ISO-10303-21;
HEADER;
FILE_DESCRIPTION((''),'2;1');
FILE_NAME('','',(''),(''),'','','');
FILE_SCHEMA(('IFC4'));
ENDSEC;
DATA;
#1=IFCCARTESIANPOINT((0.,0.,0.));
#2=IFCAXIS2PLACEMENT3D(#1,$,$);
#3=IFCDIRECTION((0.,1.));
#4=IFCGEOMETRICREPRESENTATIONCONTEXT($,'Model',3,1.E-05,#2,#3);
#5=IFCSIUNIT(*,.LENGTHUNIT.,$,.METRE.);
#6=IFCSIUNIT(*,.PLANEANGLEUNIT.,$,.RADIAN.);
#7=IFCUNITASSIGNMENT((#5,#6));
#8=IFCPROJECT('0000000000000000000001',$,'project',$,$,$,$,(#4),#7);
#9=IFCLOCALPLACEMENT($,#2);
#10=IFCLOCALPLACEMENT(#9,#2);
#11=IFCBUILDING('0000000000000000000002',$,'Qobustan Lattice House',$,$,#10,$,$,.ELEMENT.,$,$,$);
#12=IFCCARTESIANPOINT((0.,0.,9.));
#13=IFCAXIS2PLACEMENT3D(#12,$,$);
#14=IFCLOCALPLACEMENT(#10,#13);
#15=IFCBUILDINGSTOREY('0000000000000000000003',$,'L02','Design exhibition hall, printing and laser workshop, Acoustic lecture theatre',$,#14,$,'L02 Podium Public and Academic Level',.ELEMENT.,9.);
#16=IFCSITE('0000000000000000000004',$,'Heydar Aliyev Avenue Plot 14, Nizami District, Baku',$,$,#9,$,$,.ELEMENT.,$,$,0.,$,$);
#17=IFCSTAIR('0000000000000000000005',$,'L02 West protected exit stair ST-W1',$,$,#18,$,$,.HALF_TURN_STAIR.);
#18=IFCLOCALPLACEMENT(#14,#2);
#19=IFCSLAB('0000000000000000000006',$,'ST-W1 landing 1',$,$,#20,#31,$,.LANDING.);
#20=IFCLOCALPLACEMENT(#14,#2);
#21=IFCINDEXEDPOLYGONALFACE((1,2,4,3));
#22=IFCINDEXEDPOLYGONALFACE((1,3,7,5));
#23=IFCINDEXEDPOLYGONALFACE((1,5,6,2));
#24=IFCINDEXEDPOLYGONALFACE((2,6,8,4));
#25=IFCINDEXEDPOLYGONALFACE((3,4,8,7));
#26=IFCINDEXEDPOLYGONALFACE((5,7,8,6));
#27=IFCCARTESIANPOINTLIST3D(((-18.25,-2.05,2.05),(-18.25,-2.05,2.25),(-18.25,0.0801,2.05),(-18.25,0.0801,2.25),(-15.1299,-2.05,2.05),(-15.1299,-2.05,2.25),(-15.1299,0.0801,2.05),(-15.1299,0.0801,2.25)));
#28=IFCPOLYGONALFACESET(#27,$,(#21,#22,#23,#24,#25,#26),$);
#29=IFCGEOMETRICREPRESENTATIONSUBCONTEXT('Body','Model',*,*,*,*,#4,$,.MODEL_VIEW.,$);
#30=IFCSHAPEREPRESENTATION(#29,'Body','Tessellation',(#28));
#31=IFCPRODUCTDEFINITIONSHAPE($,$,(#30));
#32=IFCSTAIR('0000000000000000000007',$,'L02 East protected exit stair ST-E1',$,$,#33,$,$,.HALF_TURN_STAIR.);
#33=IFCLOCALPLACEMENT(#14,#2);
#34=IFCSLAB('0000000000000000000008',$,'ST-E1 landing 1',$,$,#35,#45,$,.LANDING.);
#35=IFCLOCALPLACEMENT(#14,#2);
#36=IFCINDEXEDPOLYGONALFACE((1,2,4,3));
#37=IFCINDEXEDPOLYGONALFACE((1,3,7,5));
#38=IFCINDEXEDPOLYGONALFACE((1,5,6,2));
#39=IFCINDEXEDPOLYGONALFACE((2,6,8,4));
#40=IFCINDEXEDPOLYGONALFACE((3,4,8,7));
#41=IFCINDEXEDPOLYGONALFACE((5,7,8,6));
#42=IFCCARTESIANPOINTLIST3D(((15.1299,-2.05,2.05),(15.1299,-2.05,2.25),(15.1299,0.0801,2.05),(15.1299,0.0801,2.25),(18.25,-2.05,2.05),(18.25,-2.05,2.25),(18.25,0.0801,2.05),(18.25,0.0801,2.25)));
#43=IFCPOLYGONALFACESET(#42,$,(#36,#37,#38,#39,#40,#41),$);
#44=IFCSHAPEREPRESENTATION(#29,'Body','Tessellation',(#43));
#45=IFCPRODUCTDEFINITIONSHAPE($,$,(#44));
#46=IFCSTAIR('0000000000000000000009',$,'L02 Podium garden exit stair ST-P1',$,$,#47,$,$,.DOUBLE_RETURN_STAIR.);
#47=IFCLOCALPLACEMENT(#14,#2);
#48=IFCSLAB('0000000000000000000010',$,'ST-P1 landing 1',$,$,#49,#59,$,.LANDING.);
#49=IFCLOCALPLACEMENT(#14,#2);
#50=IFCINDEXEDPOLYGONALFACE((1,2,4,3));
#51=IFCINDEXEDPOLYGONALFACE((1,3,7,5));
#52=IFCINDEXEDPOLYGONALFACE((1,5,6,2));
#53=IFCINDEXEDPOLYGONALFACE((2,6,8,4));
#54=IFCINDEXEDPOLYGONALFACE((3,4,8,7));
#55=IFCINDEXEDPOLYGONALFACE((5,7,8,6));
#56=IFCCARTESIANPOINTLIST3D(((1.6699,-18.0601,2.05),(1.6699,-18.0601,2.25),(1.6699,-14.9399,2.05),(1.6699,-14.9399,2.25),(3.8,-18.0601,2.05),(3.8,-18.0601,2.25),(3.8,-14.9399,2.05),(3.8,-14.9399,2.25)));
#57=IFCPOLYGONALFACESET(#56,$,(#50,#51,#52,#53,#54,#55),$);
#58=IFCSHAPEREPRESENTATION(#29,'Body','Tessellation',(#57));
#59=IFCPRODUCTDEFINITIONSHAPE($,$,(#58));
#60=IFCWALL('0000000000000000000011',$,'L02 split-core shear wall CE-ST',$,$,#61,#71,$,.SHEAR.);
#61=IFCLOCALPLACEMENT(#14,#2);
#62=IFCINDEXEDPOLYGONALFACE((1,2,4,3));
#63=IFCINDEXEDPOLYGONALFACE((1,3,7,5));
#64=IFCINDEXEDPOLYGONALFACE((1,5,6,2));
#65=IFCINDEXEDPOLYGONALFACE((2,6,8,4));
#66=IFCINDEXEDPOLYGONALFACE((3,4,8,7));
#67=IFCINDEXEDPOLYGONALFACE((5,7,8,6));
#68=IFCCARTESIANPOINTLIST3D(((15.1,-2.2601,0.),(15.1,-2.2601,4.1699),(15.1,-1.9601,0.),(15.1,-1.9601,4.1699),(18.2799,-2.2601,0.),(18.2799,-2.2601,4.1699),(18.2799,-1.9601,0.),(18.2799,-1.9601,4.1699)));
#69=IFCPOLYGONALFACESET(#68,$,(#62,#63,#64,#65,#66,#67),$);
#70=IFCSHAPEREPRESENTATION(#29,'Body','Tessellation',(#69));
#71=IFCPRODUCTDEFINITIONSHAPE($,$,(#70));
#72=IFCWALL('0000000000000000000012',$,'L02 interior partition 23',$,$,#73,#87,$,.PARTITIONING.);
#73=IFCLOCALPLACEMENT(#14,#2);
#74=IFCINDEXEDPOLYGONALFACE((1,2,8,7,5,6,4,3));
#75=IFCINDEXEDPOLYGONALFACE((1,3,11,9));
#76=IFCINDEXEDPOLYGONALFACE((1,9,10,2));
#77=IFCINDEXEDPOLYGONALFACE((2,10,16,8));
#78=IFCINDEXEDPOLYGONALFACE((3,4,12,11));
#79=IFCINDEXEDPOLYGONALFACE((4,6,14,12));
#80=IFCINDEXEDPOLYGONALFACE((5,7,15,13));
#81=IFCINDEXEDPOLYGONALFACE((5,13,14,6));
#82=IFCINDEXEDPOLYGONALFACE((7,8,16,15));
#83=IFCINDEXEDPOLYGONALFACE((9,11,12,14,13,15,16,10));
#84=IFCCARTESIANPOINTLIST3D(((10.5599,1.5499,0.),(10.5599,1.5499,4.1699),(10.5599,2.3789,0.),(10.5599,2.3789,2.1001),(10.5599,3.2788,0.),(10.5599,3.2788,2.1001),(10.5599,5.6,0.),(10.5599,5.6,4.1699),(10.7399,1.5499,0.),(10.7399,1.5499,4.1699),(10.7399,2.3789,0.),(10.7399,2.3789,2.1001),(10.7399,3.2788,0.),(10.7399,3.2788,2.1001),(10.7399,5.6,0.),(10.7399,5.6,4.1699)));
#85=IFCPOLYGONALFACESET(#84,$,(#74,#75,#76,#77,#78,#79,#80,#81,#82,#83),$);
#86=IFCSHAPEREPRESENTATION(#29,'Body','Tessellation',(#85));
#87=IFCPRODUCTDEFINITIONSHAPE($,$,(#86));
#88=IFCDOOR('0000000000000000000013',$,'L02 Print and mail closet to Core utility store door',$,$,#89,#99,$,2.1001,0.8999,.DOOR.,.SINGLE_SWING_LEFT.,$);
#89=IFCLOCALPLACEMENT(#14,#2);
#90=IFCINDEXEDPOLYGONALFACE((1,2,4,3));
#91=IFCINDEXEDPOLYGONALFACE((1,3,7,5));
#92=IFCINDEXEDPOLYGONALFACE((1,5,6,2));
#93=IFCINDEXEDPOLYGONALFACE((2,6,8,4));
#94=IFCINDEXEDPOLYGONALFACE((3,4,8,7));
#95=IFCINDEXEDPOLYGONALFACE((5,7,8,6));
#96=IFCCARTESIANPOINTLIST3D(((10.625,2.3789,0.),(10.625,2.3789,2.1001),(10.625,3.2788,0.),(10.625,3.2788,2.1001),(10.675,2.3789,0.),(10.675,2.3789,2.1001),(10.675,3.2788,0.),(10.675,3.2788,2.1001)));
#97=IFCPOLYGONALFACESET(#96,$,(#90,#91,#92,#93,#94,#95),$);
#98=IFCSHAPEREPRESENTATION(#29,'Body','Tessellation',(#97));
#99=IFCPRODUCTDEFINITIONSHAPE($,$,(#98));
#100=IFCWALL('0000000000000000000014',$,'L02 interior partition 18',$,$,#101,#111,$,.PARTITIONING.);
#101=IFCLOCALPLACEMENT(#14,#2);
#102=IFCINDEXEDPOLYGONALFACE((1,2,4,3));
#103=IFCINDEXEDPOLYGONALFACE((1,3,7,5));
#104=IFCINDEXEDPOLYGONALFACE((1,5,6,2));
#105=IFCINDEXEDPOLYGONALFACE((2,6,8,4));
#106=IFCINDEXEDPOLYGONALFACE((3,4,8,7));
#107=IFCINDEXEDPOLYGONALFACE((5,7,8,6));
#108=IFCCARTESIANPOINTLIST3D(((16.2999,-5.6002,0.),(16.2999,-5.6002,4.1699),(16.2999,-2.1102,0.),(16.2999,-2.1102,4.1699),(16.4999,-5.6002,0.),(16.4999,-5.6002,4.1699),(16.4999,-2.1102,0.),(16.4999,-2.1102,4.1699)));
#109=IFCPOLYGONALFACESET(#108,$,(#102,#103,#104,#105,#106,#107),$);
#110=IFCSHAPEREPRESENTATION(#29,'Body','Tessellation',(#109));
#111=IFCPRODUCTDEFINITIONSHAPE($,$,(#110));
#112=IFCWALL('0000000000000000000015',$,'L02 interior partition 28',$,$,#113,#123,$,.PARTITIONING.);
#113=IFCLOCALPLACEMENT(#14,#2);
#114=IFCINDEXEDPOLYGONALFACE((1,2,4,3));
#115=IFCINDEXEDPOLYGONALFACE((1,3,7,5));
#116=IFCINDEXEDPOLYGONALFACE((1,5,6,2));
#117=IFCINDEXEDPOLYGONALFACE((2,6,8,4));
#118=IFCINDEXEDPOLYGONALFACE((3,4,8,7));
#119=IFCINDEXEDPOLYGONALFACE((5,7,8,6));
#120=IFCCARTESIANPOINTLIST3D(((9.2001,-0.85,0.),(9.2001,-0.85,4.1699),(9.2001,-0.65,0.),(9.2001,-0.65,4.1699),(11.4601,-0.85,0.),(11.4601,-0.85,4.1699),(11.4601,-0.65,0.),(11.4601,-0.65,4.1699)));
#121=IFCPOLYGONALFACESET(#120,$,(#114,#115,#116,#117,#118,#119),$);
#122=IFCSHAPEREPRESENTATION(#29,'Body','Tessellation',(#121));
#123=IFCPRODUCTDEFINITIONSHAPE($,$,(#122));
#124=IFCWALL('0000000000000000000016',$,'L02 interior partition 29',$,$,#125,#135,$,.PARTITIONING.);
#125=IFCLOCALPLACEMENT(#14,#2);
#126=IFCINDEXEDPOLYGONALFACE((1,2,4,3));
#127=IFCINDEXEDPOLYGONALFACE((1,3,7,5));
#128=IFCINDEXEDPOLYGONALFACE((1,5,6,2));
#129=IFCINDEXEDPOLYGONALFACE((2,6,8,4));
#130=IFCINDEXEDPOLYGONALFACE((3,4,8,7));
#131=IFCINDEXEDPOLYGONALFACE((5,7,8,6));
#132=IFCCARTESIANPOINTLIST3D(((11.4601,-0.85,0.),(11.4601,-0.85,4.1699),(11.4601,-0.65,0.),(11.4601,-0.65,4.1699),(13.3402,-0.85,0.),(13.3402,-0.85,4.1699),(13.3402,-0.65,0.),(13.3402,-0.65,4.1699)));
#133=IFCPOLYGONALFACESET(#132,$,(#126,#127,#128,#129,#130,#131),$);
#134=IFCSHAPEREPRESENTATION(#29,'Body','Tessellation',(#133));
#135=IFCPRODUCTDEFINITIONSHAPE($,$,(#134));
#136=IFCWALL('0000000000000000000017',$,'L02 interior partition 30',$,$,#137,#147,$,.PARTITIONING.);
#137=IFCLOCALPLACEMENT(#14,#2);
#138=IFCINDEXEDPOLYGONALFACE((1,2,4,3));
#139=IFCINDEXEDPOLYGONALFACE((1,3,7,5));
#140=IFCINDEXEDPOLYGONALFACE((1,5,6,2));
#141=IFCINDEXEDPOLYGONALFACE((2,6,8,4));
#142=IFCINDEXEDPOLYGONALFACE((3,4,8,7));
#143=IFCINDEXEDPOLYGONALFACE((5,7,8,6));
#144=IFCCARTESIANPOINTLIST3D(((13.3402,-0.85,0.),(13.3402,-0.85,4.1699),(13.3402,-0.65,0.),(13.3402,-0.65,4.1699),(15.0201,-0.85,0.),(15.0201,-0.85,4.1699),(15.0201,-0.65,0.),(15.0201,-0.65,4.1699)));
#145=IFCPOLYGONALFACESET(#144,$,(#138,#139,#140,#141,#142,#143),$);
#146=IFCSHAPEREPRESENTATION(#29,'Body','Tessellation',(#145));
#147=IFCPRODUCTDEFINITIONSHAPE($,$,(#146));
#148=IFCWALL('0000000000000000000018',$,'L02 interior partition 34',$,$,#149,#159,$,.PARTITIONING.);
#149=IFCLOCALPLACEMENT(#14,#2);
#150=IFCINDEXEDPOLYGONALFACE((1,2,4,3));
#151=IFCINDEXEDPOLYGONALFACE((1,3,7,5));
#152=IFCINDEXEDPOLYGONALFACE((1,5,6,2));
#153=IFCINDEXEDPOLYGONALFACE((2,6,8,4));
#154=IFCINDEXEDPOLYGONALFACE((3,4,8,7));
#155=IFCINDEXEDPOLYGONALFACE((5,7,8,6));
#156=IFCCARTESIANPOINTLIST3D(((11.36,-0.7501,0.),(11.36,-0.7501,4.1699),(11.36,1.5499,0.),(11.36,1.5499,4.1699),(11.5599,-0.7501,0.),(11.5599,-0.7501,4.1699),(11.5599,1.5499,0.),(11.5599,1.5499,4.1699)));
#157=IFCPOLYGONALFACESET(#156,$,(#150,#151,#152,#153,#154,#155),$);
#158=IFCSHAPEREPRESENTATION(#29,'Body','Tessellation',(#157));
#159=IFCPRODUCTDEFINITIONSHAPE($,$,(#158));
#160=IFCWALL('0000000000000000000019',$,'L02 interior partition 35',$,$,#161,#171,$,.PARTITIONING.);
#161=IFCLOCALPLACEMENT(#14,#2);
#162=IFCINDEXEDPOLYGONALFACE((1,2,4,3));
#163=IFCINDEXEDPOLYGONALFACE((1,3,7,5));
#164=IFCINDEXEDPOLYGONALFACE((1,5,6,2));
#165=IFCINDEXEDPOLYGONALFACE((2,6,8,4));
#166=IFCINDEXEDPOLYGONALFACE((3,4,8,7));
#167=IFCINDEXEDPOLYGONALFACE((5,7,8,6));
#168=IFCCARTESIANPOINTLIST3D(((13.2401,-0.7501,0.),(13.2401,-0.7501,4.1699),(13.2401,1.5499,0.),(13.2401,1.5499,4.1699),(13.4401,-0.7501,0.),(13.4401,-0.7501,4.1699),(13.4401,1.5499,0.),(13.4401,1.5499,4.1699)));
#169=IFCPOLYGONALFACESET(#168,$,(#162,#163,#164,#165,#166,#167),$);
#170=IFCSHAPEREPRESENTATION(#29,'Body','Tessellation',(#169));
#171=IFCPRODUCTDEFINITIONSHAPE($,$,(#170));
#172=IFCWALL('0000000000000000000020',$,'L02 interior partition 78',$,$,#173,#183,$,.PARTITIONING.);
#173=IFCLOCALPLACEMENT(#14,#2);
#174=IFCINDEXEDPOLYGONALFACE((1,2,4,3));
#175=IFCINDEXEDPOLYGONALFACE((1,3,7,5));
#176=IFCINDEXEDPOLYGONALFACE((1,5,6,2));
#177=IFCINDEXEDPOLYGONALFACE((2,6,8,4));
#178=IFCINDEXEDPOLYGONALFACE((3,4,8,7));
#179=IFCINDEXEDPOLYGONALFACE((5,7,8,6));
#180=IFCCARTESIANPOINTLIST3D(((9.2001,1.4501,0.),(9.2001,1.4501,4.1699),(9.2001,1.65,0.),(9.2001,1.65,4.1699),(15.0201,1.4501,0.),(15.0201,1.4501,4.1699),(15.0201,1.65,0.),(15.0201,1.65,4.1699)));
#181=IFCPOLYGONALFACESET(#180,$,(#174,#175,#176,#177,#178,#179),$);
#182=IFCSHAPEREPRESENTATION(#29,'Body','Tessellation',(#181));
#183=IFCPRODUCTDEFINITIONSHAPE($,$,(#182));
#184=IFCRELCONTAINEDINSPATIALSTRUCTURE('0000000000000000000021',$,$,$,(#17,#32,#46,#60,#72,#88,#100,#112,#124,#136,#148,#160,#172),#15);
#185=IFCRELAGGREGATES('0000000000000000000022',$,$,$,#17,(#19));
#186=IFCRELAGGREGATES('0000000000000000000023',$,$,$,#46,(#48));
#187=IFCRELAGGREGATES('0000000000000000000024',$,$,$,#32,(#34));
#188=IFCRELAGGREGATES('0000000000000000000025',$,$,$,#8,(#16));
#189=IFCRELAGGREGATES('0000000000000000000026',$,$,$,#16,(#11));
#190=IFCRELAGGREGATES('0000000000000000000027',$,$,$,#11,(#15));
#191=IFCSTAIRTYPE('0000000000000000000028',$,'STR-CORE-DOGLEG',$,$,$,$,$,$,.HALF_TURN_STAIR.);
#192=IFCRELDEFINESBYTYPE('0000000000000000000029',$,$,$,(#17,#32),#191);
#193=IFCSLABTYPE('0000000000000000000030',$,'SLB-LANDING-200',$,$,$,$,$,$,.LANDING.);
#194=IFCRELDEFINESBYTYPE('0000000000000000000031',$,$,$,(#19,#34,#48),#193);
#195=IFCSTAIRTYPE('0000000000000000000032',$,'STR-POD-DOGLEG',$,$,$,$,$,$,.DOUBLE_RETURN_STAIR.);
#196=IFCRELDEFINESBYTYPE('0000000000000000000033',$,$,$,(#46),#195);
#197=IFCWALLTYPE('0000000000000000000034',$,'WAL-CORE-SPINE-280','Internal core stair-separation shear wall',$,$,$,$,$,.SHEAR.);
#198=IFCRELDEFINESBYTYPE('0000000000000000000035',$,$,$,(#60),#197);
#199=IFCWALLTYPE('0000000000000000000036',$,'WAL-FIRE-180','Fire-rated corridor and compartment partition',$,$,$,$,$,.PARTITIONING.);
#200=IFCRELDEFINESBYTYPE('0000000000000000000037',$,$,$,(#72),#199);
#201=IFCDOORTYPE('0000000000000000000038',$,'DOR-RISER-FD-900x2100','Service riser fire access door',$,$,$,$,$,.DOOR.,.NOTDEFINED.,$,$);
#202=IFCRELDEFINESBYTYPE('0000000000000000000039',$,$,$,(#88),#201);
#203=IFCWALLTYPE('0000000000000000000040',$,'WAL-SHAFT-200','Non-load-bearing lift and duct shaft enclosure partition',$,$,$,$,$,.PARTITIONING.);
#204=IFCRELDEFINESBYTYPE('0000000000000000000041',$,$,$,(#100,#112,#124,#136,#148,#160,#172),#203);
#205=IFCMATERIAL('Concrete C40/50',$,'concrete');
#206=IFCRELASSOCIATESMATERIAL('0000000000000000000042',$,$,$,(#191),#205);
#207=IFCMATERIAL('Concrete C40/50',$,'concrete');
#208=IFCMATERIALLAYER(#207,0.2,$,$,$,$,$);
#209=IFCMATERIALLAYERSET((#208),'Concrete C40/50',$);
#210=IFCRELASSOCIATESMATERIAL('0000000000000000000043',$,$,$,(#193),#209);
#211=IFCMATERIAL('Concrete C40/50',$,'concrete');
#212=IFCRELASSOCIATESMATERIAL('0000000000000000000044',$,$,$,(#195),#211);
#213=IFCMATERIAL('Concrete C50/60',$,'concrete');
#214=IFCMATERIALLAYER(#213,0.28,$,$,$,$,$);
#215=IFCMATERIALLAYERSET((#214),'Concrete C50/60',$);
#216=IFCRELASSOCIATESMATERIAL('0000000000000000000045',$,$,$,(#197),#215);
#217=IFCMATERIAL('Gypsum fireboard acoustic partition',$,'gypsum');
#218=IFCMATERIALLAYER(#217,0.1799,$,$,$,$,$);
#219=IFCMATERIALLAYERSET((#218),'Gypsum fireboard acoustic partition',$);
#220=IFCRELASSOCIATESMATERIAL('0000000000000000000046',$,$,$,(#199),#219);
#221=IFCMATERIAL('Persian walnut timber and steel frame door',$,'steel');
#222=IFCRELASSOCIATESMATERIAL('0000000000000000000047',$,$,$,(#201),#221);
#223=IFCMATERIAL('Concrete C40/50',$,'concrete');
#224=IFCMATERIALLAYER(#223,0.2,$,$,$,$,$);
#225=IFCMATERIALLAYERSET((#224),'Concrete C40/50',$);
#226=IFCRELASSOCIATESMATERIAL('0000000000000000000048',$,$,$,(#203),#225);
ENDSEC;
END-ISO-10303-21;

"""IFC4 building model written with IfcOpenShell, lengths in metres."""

from ifc_helpers import new_model, si_unit, direction, frame, frame_2d, origin, place, context, subcontext, project, spatial, polyline, rectangle, outline, extrude, material, layer, layer_set, type_object, element, fill, aggregate, save


model = new_model("IFC4")

# Units and contexts
model_context = context("Model", 3, precision=1e-05, world=origin(), true_north=direction((0.0, 1.0)))
body_context = subcontext(model_context, "Body", "Model", "MODEL_VIEW")
ifc_project = project(units=[si_unit("LENGTHUNIT", "METRE"), si_unit("PLANEANGLEUNIT", "RADIAN")], contexts=[model_context])

# Site, building, storey
site_placement = place(None, origin())
site = spatial("IfcSite", under=ifc_project, at=site_placement, Name="Heydar Aliyev Avenue Plot 14, Nizami District, Baku", CompositionType="ELEMENT", RefElevation=0.0)
building_placement = place(site_placement, origin())
building = spatial("IfcBuilding", under=site, at=building_placement, Name="Qobustan Lattice House", CompositionType="ELEMENT")
storey_placement = place(building_placement, frame((0.0, 0.0, 9.0)))
storey = spatial("IfcBuildingStorey", under=building, at=storey_placement, Name="L02", Description="Design exhibition hall, printing and laser workshop, Acoustic lecture theatre", LongName="L02 Podium Public and Academic Level", CompositionType="ELEMENT", Elevation=9.0)

# Stairs, slabs
ifc_material_1 = material(Name="Concrete C40/50", Category="concrete")
stair_type_1 = type_object("IfcStairType", Name="STR-CORE-DOGLEG", PredefinedType="HALF_TURN_STAIR", material=ifc_material_1)
stair_1_placement = place(storey_placement, origin())
stair_1 = element("IfcStair", 1, at=stair_1_placement, inside=storey, type_object=stair_type_1, Name="L02 West protected exit stair ST-W1", PredefinedType="HALF_TURN_STAIR")
ifc_material_2 = material(Name="Concrete C40/50", Category="concrete")
ifc_layer_1 = layer(ifc_material_2, 0.2)
ifc_layer_set_1 = layer_set([ifc_layer_1], Name="Concrete C40/50")
slab_type = type_object("IfcSlabType", Name="SLB-LANDING-200", PredefinedType="LANDING", material=ifc_layer_set_1)
slab_1_placement = place(storey_placement, frame((0.0, 0.0, 2.05)))
slab_1 = element("IfcSlab", 2, at=slab_1_placement, type_object=slab_type, Name="ST-W1 landing 1", PredefinedType="LANDING", context=body_context, shape_type="SweptSolid", body=[
    extrude(outline(polyline([(-18.25, 0.0801), (-18.25, -2.05), (-15.1299, -2.05), (-15.1299, 0.0801), (-18.25, 0.0801)])), origin(), (0.0, 0.0, 1.0), 0.2),
])
aggregate(stair_1, [slab_1])
stair_2_placement = place(storey_placement, origin())
stair_2 = element("IfcStair", 3, at=stair_2_placement, inside=storey, type_object=stair_type_1, Name="L02 East protected exit stair ST-E1", PredefinedType="HALF_TURN_STAIR")
slab_2_placement = place(storey_placement, frame((0.0, 0.0, 2.05)))
slab_2 = element("IfcSlab", 4, at=slab_2_placement, type_object=slab_type, Name="ST-E1 landing 1", PredefinedType="LANDING", context=body_context, shape_type="SweptSolid", body=[
    extrude(outline(polyline([(15.1299, 0.0801), (15.1299, -2.05), (18.25, -2.05), (18.25, 0.0801), (15.1299, 0.0801)])), origin(), (0.0, 0.0, 1.0), 0.2),
])
ifc_material_3 = material(Name="Concrete C40/50", Category="concrete")
stair_type_2 = type_object("IfcStairType", Name="STR-POD-DOGLEG", PredefinedType="DOUBLE_RETURN_STAIR", material=ifc_material_3)
stair_3_placement = place(storey_placement, origin())
stair_3 = element("IfcStair", 5, at=stair_3_placement, inside=storey, type_object=stair_type_2, Name="L02 Podium garden exit stair ST-P1", PredefinedType="DOUBLE_RETURN_STAIR")
slab_3_placement = place(storey_placement, frame((0.0, 0.0, 2.05)))
slab_3 = element("IfcSlab", 6, at=slab_3_placement, type_object=slab_type, Name="ST-P1 landing 1", PredefinedType="LANDING", context=body_context, shape_type="SweptSolid", body=[
    extrude(outline(polyline([(1.6699, -18.0601), (3.8, -18.0601), (3.8, -14.9399), (1.6699, -14.9399), (1.6699, -18.0601)])), origin(), (0.0, 0.0, 1.0), 0.2),
])
aggregate(stair_3, [slab_3])

# Wall
ifc_material_4 = material(Name="Concrete C50/60", Category="concrete")
ifc_layer_2 = layer(ifc_material_4, 0.28)
ifc_layer_set_2 = layer_set([ifc_layer_2], Name="Concrete C50/60")
wall_type_1 = type_object("IfcWallType", Name="WAL-CORE-SPINE-280", Description="Internal core stair-separation shear wall", PredefinedType="SHEAR", material=ifc_layer_set_2)
wall_1_placement = place(storey_placement, frame((15.1001, -2.1101, 0.0), z_axis=(0.0, 0.0, 1.0), x_axis=(1.0, 0.0, 0.0)))
element("IfcWall", 7, at=wall_1_placement, inside=storey, type_object=wall_type_1, Name="L02 split-core shear wall CE-ST", PredefinedType="SHEAR", context=body_context, shape_type="SweptSolid", body=[
    extrude(rectangle(XDim=3.1799, YDim=0.3, at=frame_2d((1.5898, 0.0))), origin(), (0.0, 0.0, 1.0), 4.1699),
])

# Wall, opening, door
ifc_material_5 = material(Name="Gypsum fireboard acoustic partition", Category="gypsum")
ifc_layer_3 = layer(ifc_material_5, 0.1799)
ifc_layer_set_3 = layer_set([ifc_layer_3], Name="Gypsum fireboard acoustic partition")
wall_type_2 = type_object("IfcWallType", Name="WAL-FIRE-180", Description="Fire-rated corridor and compartment partition", PredefinedType="PARTITIONING", material=ifc_layer_set_3)
wall_2_placement = place(storey_placement, frame((10.6499, 1.55, 0.0), z_axis=(0.0, 0.0, 1.0), x_axis=(0.0, 1.0, 0.0)))
wall_2 = element("IfcWall", 8, at=wall_2_placement, inside=storey, type_object=wall_type_2, Name="L02 interior partition 23", PredefinedType="PARTITIONING", context=body_context, shape_type="SweptSolid", body=[
    extrude(rectangle(XDim=4.05, YDim=0.1799, at=frame_2d((2.0249, 0.0))), origin(), (0.0, 0.0, 1.0), 4.1699),
])
opening_placement = place(wall_2_placement, frame((0.8289, 0.0, 0.0)))
opening = element("IfcOpeningElement", 9, at=opening_placement, cuts=wall_2, PredefinedType="OPENING", context=body_context, shape_type="SweptSolid", body=[
    extrude(rectangle(XDim=0.8999, YDim=2.1001, at=frame_2d((0.45, 1.05))), frame((0.0, 0.0999, 0.0), z_axis=(0.0, -1.0, 0.0), x_axis=(1.0, 0.0, 0.0)), (0.0, 0.0, 1.0), 0.2),
])
ifc_material_6 = material(Name="Persian walnut timber and steel frame door", Category="steel")
door_type = type_object("IfcDoorType", Name="DOR-RISER-FD-900x2100", Description="Service riser fire access door", OperationType="NOTDEFINED", PredefinedType="DOOR", material=ifc_material_6)
door_placement = place(opening_placement, origin())
door = element("IfcDoor", 10, at=door_placement, inside=storey, type_object=door_type, Name="L02 Print and mail closet to Core utility store door", OperationType="SINGLE_SWING_LEFT", OverallHeight=2.1001, OverallWidth=0.8999, PredefinedType="DOOR", context=body_context, shape_type="SweptSolid", body=[
    extrude(rectangle(XDim=0.8999, YDim=2.1001, at=frame_2d((0.45, 1.05))), frame((0.0, 0.0249, 0.0), z_axis=(0.0, -1.0, 0.0), x_axis=(1.0, 0.0, 0.0)), (0.0, 0.0, 1.0), 0.05),
])
fill(opening, door)

# Walls
ifc_material_7 = material(Name="Concrete C40/50", Category="concrete")
ifc_layer_4 = layer(ifc_material_7, 0.2)
ifc_layer_set_4 = layer_set([ifc_layer_4], Name="Concrete C40/50")
wall_type_3 = type_object("IfcWallType", Name="WAL-SHAFT-200", Description="Non-load-bearing lift and duct shaft enclosure partition", PredefinedType="PARTITIONING", material=ifc_layer_set_4)
wall_3_placement = place(storey_placement, frame((16.3999, -2.1101, 0.0), z_axis=(0.0, 0.0, 1.0), x_axis=(0.0, -1.0, 0.0)))
element("IfcWall", 11, at=wall_3_placement, inside=storey, type_object=wall_type_3, Name="L02 interior partition 18", PredefinedType="PARTITIONING", context=body_context, shape_type="SweptSolid", body=[
    extrude(rectangle(XDim=3.49, YDim=0.2, at=frame_2d((1.7451, 0.0))), origin(), (0.0, 0.0, 1.0), 4.1699),
])
wall_4_placement = place(storey_placement, frame((11.46, -0.75, 0.0), z_axis=(0.0, 0.0, 1.0), x_axis=(-1.0, 0.0, 0.0)))
element("IfcWall", 12, at=wall_4_placement, inside=storey, type_object=wall_type_3, Name="L02 interior partition 28", PredefinedType="PARTITIONING", context=body_context, shape_type="SweptSolid", body=[
    extrude(rectangle(XDim=2.26, YDim=0.2, at=frame_2d((1.1299, 0.0))), origin(), (0.0, 0.0, 1.0), 4.1699),
])
wall_5_placement = place(storey_placement, frame((13.3401, -0.75, 0.0), z_axis=(0.0, 0.0, 1.0), x_axis=(-1.0, 0.0, 0.0)))
element("IfcWall", 13, at=wall_5_placement, inside=storey, type_object=wall_type_3, Name="L02 interior partition 29", PredefinedType="PARTITIONING", context=body_context, shape_type="SweptSolid", body=[
    extrude(rectangle(XDim=1.8801, YDim=0.2, at=frame_2d((0.9399, 0.0))), origin(), (0.0, 0.0, 1.0), 4.1699),
])
wall_6_placement = place(storey_placement, frame((15.02, -0.75, 0.0), z_axis=(0.0, 0.0, 1.0), x_axis=(-1.0, 0.0, 0.0)))
element("IfcWall", 14, at=wall_6_placement, inside=storey, type_object=wall_type_3, Name="L02 interior partition 30", PredefinedType="PARTITIONING", context=body_context, shape_type="SweptSolid", body=[
    extrude(rectangle(XDim=1.6799, YDim=0.2, at=frame_2d((0.8398, 0.0))), origin(), (0.0, 0.0, 1.0), 4.1699),
])
for number, where, z_axis, x_axis, name in (
    (15, (11.46, -0.75, 0.0), (0.0, 0.0, 1.0), (0.0, 1.0, 0.0), "L02 interior partition 34"),
    (16, (13.3401, -0.75, 0.0), (0.0, 0.0, 1.0), (0.0, 1.0, 0.0), "L02 interior partition 35"),
):
    element("IfcWall", number, at=place(storey_placement, frame(where, z_axis=z_axis, x_axis=x_axis)), inside=storey, type_object=wall_type_3, Name=name, PredefinedType="PARTITIONING", context=body_context, shape_type="SweptSolid", body=[
        extrude(rectangle(XDim=2.3, YDim=0.2, at=frame_2d((1.1499, 0.0))), origin(), (0.0, 0.0, 1.0), 4.1699),
    ])
wall_7_placement = place(storey_placement, frame((9.2, 1.55, 0.0), z_axis=(0.0, 0.0, 1.0), x_axis=(1.0, 0.0, 0.0)))
element("IfcWall", 17, at=wall_7_placement, inside=storey, type_object=wall_type_3, Name="L02 interior partition 78", PredefinedType="PARTITIONING", context=body_context, shape_type="SweptSolid", body=[
    extrude(rectangle(XDim=5.8201, YDim=0.2, at=frame_2d((2.9102, 0.0))), origin(), (0.0, 0.0, 1.0), 4.1699),
])

aggregate(stair_2, [slab_2])

save(model, "model.ifc")
